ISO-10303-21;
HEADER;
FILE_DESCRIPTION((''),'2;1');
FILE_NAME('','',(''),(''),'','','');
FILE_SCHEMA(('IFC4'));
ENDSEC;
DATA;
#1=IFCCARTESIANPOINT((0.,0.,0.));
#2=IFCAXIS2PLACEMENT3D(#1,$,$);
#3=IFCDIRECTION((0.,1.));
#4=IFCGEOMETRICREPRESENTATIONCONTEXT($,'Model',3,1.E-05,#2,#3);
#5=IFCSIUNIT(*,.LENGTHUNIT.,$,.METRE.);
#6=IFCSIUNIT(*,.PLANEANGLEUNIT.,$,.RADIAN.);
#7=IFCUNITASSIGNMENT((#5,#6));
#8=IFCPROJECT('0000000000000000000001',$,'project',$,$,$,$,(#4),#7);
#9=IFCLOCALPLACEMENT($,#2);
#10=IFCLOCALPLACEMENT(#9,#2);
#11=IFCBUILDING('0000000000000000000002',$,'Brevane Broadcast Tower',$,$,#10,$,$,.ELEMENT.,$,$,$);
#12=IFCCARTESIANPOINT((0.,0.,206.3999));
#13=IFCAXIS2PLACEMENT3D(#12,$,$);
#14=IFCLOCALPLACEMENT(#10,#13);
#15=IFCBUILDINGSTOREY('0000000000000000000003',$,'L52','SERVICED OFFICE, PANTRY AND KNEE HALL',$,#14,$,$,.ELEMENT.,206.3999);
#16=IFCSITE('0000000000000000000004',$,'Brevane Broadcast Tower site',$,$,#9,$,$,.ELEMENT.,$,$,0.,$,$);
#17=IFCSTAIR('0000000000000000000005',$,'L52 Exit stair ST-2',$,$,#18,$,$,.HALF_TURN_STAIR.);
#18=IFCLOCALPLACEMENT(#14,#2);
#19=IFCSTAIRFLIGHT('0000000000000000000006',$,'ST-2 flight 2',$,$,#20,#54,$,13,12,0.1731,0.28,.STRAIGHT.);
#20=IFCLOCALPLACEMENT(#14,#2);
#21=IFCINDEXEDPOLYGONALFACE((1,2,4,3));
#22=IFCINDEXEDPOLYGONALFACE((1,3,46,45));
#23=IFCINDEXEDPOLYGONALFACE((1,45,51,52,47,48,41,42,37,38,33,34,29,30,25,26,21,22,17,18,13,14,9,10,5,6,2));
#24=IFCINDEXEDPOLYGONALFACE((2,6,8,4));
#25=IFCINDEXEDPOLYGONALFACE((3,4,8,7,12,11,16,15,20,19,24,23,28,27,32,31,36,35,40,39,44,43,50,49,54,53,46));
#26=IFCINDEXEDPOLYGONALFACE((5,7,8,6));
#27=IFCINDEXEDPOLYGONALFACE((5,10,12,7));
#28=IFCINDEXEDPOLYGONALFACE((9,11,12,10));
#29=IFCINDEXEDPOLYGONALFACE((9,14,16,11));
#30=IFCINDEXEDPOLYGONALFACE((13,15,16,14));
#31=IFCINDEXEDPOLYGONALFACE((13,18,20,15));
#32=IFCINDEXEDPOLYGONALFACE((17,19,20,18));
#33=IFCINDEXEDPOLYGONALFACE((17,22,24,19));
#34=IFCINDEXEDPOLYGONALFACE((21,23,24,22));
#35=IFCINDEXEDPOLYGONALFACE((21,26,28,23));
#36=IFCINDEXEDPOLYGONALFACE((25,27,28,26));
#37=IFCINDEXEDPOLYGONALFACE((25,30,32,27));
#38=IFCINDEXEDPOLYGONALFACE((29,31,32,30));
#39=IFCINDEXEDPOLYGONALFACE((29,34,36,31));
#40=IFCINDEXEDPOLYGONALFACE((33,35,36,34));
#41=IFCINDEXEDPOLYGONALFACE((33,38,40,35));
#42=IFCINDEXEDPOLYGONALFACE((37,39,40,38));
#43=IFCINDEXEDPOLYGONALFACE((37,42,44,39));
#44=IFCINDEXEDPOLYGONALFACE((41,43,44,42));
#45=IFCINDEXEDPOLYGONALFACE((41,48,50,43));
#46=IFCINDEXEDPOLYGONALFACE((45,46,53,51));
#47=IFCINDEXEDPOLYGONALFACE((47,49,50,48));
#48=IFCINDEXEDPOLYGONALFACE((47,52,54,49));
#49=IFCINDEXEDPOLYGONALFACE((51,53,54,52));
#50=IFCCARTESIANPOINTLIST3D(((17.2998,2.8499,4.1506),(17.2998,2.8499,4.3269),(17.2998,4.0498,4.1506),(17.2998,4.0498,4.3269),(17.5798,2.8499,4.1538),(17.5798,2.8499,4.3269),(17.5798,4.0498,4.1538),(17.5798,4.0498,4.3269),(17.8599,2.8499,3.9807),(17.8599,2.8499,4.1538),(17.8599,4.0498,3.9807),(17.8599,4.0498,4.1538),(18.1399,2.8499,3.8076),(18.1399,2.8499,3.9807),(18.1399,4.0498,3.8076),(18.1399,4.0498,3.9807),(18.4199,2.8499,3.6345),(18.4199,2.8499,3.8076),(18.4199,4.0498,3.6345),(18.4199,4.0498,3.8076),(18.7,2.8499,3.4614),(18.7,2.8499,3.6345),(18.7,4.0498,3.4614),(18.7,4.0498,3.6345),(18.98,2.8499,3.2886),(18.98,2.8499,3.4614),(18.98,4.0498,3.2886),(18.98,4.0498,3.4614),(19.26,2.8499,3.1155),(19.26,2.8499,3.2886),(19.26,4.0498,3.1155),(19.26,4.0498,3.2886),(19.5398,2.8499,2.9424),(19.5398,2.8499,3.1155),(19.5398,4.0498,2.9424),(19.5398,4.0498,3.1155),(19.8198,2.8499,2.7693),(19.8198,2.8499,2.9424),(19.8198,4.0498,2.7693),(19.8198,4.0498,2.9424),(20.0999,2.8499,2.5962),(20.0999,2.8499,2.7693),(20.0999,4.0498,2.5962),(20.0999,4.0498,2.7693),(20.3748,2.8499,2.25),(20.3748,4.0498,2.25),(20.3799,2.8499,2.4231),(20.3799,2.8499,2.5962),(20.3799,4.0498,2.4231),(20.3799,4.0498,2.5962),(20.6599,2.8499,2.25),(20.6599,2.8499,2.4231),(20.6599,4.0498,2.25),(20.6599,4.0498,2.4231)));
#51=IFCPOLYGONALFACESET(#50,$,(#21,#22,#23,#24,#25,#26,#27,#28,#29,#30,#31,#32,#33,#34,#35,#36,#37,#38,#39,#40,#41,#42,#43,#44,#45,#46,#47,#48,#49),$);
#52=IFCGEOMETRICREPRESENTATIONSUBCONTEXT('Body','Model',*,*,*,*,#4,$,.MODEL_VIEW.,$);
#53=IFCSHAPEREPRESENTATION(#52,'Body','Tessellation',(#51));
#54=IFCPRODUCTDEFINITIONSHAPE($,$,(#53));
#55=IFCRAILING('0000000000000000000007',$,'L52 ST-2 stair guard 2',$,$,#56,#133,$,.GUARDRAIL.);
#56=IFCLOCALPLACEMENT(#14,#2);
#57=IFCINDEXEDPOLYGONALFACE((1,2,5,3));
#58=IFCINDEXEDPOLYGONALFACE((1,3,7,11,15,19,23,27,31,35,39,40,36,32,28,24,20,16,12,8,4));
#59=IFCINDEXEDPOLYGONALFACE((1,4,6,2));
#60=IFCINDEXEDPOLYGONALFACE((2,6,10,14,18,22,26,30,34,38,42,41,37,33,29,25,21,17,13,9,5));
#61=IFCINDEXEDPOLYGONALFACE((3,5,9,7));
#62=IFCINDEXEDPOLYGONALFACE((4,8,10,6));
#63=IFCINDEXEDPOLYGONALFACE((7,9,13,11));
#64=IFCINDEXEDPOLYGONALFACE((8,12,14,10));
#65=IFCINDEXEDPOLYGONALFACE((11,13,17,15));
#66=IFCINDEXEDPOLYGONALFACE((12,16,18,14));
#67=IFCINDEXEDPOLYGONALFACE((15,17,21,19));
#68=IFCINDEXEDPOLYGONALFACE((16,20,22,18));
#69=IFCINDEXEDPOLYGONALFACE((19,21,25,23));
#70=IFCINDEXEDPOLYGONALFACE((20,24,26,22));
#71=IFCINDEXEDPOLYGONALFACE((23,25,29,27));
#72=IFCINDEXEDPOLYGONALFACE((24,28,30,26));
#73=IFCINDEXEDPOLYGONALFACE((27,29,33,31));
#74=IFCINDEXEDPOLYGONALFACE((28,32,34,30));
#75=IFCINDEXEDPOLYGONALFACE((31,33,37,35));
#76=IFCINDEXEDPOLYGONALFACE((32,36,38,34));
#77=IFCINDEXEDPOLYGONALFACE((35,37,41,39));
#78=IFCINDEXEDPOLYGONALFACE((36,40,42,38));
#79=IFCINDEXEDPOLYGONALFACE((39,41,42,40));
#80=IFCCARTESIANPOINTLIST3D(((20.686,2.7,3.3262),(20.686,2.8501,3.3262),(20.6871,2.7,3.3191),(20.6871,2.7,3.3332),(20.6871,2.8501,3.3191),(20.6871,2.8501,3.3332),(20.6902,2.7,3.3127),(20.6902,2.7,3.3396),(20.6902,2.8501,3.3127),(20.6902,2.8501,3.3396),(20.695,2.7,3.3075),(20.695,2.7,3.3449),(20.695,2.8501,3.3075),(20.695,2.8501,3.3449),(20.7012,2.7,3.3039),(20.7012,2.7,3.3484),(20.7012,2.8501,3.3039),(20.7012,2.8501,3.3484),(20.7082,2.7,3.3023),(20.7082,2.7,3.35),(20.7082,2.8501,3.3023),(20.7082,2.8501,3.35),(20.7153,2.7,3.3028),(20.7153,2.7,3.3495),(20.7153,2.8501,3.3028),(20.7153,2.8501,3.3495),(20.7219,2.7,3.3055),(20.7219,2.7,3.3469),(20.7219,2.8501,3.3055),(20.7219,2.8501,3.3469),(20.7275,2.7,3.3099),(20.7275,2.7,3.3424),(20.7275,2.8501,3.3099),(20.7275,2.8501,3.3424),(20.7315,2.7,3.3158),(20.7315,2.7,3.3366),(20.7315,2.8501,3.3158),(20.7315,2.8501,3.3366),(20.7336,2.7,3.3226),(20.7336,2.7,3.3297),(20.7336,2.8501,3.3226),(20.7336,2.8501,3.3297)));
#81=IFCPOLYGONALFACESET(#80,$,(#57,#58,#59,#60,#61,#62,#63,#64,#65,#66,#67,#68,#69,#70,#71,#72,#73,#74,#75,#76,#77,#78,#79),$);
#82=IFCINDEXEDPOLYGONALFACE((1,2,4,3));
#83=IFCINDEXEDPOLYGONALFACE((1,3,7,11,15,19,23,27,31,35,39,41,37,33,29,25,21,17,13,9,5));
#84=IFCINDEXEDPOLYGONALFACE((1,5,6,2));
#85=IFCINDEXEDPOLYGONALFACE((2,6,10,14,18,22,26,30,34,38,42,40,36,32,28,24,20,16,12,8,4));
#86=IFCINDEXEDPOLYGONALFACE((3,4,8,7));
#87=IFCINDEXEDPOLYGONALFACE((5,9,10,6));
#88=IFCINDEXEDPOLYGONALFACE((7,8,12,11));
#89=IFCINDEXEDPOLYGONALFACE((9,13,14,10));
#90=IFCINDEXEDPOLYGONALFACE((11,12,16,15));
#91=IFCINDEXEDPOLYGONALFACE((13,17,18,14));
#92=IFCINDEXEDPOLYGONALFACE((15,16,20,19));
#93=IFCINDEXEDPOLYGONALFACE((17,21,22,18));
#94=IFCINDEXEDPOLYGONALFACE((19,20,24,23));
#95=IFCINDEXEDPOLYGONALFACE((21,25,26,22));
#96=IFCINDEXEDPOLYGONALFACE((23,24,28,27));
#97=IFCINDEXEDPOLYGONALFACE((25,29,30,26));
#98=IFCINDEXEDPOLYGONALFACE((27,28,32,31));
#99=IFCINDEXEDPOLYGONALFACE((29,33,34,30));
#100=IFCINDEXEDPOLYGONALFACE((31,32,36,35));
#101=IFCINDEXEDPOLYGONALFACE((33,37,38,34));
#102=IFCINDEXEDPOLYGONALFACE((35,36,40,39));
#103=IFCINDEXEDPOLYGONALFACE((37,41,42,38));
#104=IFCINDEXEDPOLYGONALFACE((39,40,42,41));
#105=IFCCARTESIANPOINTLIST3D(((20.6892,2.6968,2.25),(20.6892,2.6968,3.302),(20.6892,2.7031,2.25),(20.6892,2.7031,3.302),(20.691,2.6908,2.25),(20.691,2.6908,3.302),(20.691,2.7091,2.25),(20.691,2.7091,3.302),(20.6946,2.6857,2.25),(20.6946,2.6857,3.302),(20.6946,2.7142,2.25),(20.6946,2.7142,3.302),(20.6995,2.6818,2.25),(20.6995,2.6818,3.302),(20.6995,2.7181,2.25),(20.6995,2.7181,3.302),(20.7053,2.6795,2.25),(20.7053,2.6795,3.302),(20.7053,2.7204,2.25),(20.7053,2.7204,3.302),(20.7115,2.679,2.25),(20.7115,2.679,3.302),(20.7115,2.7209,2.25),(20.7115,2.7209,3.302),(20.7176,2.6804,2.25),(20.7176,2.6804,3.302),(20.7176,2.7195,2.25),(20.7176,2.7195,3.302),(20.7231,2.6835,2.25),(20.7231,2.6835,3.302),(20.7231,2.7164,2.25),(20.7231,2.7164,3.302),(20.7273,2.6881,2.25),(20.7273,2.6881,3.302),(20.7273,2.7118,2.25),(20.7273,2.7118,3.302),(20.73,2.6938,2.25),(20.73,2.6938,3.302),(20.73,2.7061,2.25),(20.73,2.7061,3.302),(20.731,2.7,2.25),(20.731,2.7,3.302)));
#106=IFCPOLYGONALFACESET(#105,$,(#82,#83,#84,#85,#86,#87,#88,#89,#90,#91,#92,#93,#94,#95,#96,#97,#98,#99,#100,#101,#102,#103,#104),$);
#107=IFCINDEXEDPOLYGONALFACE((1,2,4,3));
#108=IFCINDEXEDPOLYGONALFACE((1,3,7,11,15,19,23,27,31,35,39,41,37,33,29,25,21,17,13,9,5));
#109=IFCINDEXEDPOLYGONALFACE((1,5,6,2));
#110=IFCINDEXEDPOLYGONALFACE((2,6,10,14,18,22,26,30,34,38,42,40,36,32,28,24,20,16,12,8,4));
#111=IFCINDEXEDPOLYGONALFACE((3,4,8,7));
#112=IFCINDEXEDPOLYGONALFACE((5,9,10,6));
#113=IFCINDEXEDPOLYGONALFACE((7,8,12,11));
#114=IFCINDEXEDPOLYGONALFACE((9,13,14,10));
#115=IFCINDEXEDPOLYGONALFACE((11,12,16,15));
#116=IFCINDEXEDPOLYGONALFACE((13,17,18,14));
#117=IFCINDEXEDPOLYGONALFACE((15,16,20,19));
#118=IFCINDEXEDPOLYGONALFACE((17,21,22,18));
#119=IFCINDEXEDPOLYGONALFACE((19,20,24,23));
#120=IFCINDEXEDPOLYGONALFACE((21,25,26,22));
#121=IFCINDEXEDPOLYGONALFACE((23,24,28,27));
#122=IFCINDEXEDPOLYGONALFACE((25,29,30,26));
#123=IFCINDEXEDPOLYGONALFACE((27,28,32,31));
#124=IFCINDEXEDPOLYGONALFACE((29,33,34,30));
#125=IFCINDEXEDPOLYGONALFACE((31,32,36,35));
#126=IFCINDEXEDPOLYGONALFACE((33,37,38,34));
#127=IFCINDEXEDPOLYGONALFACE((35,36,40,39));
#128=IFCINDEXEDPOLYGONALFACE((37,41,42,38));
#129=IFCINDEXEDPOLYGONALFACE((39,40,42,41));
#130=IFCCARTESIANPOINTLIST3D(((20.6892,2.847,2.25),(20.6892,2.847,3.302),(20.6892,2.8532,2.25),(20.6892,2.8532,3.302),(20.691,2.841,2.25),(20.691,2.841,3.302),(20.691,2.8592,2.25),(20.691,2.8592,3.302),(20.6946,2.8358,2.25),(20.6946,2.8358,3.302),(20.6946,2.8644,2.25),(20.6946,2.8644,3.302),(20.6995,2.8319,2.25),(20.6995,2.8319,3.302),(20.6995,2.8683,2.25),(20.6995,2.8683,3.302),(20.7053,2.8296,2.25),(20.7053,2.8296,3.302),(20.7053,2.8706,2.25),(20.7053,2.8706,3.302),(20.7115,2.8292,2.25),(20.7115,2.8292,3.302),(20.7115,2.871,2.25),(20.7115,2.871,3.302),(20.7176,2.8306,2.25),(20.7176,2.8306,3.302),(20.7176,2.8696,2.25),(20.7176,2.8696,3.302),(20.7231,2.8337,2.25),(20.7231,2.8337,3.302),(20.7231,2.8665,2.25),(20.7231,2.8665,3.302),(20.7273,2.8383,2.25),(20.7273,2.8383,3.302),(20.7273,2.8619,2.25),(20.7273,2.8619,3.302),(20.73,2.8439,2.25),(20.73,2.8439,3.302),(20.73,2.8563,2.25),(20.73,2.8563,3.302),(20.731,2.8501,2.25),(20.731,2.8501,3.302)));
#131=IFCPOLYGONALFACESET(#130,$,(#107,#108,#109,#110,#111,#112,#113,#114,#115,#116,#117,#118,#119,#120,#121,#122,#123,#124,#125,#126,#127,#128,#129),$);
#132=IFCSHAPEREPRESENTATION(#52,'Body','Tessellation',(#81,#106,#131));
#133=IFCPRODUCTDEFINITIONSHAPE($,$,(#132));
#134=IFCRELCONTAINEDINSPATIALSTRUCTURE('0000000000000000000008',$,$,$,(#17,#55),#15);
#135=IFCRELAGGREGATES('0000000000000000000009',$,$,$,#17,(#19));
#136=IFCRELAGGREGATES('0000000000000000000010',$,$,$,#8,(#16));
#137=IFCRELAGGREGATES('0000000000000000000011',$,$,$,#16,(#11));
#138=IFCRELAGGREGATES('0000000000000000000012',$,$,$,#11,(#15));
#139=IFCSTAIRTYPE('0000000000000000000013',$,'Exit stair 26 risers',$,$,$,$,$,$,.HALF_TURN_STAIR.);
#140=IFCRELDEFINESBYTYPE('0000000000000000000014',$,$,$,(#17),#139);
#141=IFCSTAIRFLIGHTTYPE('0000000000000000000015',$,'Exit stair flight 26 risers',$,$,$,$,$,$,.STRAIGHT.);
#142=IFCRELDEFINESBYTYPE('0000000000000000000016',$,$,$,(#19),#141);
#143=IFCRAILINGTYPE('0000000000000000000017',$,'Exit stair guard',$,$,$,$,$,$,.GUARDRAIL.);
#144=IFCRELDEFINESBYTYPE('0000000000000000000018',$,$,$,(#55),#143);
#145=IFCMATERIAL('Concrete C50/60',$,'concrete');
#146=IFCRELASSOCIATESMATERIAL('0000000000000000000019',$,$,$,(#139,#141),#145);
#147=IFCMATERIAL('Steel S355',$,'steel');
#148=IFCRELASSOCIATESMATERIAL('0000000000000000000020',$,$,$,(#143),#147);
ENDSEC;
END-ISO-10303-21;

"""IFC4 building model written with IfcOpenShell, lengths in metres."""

from ifc_helpers import new_model, si_unit, direction, frame, origin, origin_2d, place, context, subcontext, project, spatial, polyline, circle, outline, extrude, material, type_object, element, aggregate, save


model = new_model("IFC4")

# Units and contexts
model_context = context("Model", 3, precision=1e-05, world=origin(), true_north=direction((0.0, 1.0)))
body_context = subcontext(model_context, "Body", "Model", "MODEL_VIEW")
ifc_project = project(units=[si_unit("LENGTHUNIT", "METRE"), si_unit("PLANEANGLEUNIT", "RADIAN")], contexts=[model_context])

# Site, building, storey
site_placement = place(None, origin())
site = spatial("IfcSite", under=ifc_project, at=site_placement, Name="Brevane Broadcast Tower site", CompositionType="ELEMENT", RefElevation=0.0)
building_placement = place(site_placement, origin())
building = spatial("IfcBuilding", under=site, at=building_placement, Name="Brevane Broadcast Tower", CompositionType="ELEMENT")
storey_placement = place(building_placement, frame((0.0, 0.0, 206.3999)))
storey = spatial("IfcBuildingStorey", under=building, at=storey_placement, Name="L52", Description="SERVICED OFFICE, PANTRY AND KNEE HALL", CompositionType="ELEMENT", Elevation=206.3999)

# Stair, stair flight
ifc_material_1 = material(Name="Concrete C50/60", Category="concrete")
stair_type = type_object("IfcStairType", Name="Exit stair 26 risers", PredefinedType="HALF_TURN_STAIR", material=ifc_material_1)
stair_placement = place(storey_placement, origin())
stair = element("IfcStair", 1, at=stair_placement, inside=storey, type_object=stair_type, Name="L52 Exit stair ST-2", PredefinedType="HALF_TURN_STAIR")
stair_flight_type = type_object("IfcStairFlightType", Name="Exit stair flight 26 risers", PredefinedType="STRAIGHT", material=ifc_material_1)
stair_flight_placement = place(storey_placement, frame((20.6599, 3.45, 2.25), z_axis=(0.0, 0.0, 1.0), x_axis=(-1.0, 0.0, 0.0)))
stair_flight = element("IfcStairFlight", 2, at=stair_flight_placement, type_object=stair_flight_type, Name="ST-2 flight 2", NumberOfRisers=13, NumberOfTreads=12, PredefinedType="STRAIGHT", RiserHeight=0.1731, TreadLength=0.28, context=body_context, shape_type="SweptSolid", body=[
    extrude(outline(polyline([(0.0, 0.0), (0.0, 0.1731), (0.28, 0.1731), (0.28, 0.3462), (0.5601, 0.3462), (0.5601, 0.5193), (0.8401, 0.5193), (0.8401, 0.6924), (1.1201, 0.6924), (1.1201, 0.8655), (1.3999, 0.8655), (1.3999, 1.0386), (1.6799, 1.0386), (1.6799, 1.2114), (1.96, 1.2114), (1.96, 1.3845), (2.24, 1.3845), (2.24, 1.5576), (2.52, 1.5576), (2.52, 1.7307), (2.8, 1.7307), (2.8, 1.9038), (3.0801, 1.9038), (3.0801, 2.0769), (3.3601, 2.0769), (3.3601, 2.25), (3.3601, 1.9006), (0.2852, 0.0), (0.0, 0.0)])), frame((0.0, 0.6001, 0.0), z_axis=(0.0, -1.0, 0.0), x_axis=(1.0, 0.0, 0.0)), (0.0, 0.0, 1.0), 1.2),
])
aggregate(stair, [stair_flight])

# Railing
ifc_material_2 = material(Name="Steel S355", Category="steel")
railing_type_1 = type_object("IfcRailingType", Name="Exit stair guard", PredefinedType="GUARDRAIL", material=ifc_material_2)
railing_1_placement = place(storey_placement, frame((20.71, 2.7, 2.25)))
element("IfcRailing", 3, at=railing_1_placement, inside=storey, type_object=railing_type_1, Name="L52 ST-2 stair guard 2", PredefinedType="GUARDRAIL", context=body_context, shape_type="SweptSolid", body=[
    extrude(circle(Radius=0.0239, at=origin_2d()), frame((0.0, 0.0, 1.0762), z_axis=(0.0, 1.0, 0.0), x_axis=(-1.0, 0.0, 0.0)), (0.0, 0.0, 1.0), 0.1501),
    extrude(circle(Radius=0.021, at=origin_2d()), origin(), (0.0, 0.0, 1.0), 1.052),
    extrude(circle(Radius=0.021, at=origin_2d()), frame((0.0, 0.1501, 0.0)), (0.0, 0.0, 1.0), 1.052),
])

save(model, "model.ifc")
